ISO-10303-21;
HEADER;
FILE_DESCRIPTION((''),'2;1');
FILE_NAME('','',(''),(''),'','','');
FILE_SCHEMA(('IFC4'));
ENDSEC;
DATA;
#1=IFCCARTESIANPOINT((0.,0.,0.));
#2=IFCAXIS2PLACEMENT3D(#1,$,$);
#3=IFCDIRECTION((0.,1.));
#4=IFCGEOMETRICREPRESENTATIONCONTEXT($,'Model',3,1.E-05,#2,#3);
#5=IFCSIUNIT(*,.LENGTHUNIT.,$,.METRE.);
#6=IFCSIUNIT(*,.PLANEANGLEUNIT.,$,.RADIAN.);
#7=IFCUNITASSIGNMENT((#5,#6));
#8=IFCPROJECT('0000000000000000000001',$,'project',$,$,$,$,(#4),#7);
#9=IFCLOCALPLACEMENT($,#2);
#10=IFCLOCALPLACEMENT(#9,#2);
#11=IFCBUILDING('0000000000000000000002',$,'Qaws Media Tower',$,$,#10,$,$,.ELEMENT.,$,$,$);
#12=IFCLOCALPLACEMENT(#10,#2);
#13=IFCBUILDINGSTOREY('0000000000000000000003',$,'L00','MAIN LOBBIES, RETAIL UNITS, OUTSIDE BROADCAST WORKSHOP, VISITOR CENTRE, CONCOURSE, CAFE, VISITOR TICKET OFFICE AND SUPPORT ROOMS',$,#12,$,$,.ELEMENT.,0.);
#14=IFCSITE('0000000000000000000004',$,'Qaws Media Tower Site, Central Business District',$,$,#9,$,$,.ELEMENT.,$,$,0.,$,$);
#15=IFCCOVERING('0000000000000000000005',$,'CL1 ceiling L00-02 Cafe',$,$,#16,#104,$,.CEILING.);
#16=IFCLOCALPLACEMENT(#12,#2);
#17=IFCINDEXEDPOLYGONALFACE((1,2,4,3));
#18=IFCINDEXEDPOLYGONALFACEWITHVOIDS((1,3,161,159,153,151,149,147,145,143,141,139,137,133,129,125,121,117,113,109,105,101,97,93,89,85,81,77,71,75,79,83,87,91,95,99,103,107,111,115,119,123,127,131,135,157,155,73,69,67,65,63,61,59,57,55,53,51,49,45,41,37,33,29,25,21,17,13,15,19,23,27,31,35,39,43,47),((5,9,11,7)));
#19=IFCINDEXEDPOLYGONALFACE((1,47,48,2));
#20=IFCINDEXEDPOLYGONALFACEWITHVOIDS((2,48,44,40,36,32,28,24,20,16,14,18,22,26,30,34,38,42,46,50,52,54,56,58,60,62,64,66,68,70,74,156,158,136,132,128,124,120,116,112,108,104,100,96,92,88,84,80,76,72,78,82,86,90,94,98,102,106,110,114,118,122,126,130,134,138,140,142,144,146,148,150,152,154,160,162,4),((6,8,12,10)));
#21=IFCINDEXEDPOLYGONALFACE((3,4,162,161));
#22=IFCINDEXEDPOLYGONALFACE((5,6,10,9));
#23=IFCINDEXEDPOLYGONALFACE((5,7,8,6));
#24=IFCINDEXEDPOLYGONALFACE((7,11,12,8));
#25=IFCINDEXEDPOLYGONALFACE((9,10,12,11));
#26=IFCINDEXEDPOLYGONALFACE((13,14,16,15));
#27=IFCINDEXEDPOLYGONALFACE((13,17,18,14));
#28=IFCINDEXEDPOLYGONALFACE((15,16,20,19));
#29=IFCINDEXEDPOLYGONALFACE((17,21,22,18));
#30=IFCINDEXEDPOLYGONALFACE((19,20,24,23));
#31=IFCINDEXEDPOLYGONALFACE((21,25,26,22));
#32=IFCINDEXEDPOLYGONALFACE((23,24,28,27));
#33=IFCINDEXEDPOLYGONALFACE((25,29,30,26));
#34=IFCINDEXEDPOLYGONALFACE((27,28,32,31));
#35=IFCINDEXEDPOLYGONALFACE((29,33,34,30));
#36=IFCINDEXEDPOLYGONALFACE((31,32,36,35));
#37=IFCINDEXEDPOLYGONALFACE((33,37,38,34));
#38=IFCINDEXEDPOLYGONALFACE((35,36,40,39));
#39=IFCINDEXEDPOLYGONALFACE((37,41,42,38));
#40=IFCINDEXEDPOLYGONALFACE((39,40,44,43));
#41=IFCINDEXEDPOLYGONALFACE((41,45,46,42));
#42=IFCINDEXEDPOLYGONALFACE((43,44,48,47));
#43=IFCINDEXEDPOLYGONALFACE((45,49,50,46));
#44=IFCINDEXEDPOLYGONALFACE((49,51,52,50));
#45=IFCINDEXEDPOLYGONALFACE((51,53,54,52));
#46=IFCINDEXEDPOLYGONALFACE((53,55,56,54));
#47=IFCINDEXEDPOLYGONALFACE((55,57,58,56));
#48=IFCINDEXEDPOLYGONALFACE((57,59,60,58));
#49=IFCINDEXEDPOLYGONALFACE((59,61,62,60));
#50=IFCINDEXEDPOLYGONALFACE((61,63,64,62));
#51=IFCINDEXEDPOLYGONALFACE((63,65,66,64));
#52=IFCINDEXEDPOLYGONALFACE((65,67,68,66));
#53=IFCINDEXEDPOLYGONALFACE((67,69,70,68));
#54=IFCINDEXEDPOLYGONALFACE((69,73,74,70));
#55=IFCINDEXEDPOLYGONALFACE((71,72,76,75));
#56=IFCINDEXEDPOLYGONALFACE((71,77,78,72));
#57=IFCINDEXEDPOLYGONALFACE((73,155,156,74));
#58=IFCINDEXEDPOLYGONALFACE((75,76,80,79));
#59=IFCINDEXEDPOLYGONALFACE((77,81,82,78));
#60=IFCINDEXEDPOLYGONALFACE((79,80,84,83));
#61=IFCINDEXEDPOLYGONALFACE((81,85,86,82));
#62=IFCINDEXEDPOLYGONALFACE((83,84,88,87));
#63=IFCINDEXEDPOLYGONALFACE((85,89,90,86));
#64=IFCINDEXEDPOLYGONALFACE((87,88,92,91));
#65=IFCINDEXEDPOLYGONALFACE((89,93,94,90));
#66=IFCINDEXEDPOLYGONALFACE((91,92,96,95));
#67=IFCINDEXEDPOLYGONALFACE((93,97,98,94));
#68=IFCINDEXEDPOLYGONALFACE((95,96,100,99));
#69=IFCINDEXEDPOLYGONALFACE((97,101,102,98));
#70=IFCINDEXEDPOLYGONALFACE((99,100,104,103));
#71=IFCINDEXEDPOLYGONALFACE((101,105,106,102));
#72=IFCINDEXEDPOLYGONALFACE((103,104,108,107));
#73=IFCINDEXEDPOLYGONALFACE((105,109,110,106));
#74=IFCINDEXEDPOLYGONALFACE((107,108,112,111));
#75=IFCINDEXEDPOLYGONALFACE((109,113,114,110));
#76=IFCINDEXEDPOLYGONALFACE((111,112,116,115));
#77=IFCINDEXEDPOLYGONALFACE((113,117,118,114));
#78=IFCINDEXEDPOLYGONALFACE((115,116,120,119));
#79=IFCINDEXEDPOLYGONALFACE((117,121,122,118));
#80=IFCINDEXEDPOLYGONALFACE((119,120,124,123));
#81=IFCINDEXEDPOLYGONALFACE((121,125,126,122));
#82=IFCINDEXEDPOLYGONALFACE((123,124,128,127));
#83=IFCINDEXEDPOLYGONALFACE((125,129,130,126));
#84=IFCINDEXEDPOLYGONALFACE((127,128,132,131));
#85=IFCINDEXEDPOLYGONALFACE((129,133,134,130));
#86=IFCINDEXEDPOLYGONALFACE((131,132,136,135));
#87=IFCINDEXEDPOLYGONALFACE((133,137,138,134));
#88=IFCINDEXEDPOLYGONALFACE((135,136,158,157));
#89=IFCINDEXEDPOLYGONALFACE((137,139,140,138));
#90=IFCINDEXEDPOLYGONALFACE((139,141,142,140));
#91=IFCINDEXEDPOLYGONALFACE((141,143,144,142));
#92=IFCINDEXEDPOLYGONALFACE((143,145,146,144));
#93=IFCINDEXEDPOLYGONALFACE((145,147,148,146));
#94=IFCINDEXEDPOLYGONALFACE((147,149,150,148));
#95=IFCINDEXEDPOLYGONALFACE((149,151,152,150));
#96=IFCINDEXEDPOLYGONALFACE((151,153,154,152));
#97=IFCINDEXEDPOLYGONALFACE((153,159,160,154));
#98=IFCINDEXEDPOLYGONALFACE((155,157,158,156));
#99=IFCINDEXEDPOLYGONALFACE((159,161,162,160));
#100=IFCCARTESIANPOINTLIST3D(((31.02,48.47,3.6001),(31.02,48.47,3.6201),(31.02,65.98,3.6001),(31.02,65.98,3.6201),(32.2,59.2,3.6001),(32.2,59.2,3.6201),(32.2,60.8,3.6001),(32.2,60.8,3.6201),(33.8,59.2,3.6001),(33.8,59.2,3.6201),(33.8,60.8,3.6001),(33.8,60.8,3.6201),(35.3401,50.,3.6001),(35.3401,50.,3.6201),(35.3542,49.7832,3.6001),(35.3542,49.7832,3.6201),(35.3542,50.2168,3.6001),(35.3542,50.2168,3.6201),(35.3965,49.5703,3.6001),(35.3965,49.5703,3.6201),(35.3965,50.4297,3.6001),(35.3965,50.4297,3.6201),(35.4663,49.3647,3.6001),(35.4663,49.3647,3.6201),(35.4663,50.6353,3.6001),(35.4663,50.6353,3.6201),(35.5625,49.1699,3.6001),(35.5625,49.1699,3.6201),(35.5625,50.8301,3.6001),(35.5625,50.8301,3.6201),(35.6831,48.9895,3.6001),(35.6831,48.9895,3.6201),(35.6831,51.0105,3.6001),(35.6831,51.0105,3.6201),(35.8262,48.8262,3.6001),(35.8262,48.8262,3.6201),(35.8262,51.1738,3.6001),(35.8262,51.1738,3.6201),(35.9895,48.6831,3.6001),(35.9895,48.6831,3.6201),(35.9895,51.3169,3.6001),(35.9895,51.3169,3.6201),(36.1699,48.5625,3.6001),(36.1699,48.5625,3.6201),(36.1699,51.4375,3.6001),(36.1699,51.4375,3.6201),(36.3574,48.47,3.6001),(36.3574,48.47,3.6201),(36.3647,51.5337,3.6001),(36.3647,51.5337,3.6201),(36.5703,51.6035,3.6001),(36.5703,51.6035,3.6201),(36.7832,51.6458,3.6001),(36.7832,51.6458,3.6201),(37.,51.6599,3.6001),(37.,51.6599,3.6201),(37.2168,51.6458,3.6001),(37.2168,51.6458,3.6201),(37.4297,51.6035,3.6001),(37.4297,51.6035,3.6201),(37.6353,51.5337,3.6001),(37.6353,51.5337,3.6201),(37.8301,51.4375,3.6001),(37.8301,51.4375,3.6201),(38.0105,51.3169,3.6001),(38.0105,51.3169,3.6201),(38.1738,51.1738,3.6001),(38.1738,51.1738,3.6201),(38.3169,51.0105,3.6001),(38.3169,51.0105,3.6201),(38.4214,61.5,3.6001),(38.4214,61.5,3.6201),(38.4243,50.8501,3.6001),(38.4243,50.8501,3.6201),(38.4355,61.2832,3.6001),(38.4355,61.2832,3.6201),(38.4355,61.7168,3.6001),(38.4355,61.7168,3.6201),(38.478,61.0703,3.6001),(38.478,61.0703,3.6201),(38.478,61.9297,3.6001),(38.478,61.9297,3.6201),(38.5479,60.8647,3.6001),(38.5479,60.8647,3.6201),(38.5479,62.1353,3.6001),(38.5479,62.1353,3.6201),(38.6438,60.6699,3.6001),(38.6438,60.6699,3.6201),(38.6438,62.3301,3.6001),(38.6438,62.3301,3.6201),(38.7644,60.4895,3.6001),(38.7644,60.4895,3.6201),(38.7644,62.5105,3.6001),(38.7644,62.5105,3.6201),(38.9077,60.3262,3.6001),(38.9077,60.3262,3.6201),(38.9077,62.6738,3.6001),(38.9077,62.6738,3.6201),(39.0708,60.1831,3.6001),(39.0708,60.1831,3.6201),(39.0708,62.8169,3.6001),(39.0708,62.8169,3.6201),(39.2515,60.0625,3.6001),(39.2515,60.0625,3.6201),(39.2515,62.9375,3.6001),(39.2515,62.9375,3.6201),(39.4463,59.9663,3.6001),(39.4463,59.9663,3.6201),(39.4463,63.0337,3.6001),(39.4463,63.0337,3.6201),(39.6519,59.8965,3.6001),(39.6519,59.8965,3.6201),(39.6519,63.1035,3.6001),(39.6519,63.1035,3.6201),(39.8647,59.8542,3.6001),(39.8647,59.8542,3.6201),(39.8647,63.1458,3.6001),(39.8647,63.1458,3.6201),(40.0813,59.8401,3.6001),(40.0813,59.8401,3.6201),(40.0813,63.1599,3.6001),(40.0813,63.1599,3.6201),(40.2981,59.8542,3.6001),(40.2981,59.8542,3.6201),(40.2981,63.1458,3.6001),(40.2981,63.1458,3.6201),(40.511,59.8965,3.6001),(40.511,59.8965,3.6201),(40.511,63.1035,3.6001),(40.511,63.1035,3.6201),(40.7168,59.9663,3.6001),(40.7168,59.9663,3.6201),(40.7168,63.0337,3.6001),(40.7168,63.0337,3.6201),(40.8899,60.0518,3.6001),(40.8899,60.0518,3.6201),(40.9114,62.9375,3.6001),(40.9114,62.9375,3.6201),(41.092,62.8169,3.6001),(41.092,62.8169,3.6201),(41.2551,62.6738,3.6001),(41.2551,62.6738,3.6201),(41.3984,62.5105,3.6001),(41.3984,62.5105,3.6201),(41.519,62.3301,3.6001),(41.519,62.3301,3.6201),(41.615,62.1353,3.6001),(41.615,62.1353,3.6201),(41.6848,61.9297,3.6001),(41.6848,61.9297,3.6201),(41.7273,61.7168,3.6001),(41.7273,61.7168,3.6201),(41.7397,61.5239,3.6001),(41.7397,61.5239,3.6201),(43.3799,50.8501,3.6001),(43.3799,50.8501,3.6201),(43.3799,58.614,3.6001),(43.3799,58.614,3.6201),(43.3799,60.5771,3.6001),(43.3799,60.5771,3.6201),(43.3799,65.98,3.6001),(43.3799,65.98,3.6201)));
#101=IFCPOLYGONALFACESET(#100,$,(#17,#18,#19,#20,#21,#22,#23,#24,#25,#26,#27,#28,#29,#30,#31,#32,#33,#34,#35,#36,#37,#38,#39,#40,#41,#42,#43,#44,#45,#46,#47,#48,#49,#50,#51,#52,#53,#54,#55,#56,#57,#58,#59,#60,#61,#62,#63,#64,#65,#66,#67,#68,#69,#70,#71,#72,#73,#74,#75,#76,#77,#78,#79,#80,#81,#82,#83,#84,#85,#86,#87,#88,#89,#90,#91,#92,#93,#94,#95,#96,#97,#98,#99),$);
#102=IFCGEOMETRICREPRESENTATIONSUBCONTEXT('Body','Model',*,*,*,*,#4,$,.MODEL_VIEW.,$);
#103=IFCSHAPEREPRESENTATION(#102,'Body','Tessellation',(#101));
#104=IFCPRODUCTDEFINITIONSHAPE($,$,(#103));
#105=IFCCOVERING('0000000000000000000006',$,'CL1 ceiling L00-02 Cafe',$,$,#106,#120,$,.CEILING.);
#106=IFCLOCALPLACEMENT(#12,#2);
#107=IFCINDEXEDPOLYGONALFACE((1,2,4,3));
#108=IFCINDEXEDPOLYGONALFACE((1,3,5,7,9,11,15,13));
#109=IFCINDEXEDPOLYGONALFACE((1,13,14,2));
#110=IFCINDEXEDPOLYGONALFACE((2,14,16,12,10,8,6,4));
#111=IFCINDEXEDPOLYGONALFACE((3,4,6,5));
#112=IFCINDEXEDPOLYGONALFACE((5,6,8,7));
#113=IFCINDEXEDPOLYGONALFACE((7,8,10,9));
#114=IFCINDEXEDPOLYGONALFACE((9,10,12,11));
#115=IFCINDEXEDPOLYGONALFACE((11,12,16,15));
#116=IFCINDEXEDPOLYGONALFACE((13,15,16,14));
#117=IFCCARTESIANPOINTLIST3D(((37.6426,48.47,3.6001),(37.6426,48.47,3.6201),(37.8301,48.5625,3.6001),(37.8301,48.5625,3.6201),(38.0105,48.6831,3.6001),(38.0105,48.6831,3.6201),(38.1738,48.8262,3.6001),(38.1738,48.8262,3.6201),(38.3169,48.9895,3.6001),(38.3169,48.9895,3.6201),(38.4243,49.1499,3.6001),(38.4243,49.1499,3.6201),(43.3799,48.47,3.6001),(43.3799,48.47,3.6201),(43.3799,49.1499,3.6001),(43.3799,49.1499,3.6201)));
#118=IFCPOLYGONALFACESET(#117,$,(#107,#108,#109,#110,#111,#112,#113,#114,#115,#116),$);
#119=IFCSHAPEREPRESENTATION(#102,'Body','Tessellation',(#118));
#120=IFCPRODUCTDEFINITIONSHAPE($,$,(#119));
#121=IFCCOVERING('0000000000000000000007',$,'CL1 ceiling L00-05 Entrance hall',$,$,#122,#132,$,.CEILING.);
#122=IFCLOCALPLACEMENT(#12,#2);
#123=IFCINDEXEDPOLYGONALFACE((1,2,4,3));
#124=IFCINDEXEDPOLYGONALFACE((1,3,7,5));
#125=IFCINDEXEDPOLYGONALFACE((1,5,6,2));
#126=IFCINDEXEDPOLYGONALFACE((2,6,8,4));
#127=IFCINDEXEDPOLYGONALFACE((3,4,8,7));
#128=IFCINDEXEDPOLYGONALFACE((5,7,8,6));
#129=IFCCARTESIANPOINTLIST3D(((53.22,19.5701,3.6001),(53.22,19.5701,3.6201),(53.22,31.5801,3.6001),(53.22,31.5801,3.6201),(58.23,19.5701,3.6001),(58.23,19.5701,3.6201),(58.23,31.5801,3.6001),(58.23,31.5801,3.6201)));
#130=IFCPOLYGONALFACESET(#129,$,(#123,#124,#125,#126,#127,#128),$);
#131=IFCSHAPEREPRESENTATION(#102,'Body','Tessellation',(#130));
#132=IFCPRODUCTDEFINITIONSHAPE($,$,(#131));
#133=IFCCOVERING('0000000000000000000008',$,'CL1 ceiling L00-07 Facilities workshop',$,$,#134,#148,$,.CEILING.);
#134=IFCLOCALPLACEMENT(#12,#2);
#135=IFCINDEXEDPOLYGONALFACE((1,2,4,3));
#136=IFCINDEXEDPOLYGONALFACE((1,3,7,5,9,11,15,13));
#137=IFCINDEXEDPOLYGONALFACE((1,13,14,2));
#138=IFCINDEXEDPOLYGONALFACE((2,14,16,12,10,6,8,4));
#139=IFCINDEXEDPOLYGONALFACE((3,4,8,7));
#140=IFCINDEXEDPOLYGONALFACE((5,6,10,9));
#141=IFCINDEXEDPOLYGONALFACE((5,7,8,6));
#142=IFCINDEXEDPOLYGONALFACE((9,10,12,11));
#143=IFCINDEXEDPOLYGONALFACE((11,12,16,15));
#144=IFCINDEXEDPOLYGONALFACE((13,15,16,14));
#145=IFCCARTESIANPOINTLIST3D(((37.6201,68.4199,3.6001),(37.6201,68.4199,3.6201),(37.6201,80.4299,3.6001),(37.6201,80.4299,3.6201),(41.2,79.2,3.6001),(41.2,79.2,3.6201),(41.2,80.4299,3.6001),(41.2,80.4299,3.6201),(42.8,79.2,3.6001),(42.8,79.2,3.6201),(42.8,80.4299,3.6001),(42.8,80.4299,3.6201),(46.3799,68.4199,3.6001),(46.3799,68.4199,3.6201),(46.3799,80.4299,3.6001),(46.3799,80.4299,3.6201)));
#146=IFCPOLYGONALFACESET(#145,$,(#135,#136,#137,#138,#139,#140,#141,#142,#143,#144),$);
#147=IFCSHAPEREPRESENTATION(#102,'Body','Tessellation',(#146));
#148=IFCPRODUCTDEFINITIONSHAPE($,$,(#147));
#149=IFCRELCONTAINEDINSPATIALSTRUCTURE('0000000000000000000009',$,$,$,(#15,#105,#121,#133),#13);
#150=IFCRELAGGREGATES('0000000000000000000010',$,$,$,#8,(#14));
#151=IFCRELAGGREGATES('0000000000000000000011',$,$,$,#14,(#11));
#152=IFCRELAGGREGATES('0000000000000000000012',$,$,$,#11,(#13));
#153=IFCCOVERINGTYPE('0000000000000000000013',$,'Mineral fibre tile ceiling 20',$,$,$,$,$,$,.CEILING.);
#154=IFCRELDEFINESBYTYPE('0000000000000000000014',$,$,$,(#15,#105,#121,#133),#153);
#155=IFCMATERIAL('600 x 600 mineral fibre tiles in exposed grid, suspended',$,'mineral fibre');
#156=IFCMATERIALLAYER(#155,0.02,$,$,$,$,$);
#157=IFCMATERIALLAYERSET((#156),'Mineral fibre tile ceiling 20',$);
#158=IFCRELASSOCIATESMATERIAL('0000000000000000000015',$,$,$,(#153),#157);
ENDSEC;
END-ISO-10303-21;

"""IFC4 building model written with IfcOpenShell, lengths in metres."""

from ifc_helpers import new_model, si_unit, direction, frame, origin, place, context, subcontext, project, spatial, polyline, outline, extrude, material, layer, layer_set, type_object, element, save


model = new_model("IFC4")

# Units and contexts
model_context = context("Model", 3, precision=1e-05, world=origin(), true_north=direction((0.0, 1.0)))
body_context = subcontext(model_context, "Body", "Model", "MODEL_VIEW")
ifc_project = project(units=[si_unit("LENGTHUNIT", "METRE"), si_unit("PLANEANGLEUNIT", "RADIAN")], contexts=[model_context])

# Site, building, storey
site_placement = place(None, origin())
site = spatial("IfcSite", under=ifc_project, at=site_placement, Name="Qaws Media Tower Site, Central Business District", CompositionType="ELEMENT", RefElevation=0.0)
building_placement = place(site_placement, origin())
building = spatial("IfcBuilding", under=site, at=building_placement, Name="Qaws Media Tower", CompositionType="ELEMENT")
storey_placement = place(building_placement, origin())
storey = spatial("IfcBuildingStorey", under=building, at=storey_placement, Name="L00", Description="MAIN LOBBIES, RETAIL UNITS, OUTSIDE BROADCAST WORKSHOP, VISITOR CENTRE, CONCOURSE, CAFE, VISITOR TICKET OFFICE AND SUPPORT ROOMS", CompositionType="ELEMENT", Elevation=0.0)

# Coverings
ifc_material_1 = material(Name="600 x 600 mineral fibre tiles in exposed grid, suspended", Category="mineral fibre")
ifc_layer_1 = layer(ifc_material_1, 0.02)
ifc_layer_set_1 = layer_set([ifc_layer_1], Name="Mineral fibre tile ceiling 20")
covering_type_1 = type_object("IfcCoveringType", Name="Mineral fibre tile ceiling 20", PredefinedType="CEILING", material=ifc_layer_set_1)
covering_1_placement = place(storey_placement, frame((0.0, 0.0, 3.6001)))
element("IfcCovering", 1, at=covering_1_placement, inside=storey, type_object=covering_type_1, Name="CL1 ceiling L00-02 Cafe", PredefinedType="CEILING", context=body_context, shape_type="SweptSolid", body=[
    extrude(outline(polyline([(43.3799, 60.5771), (41.7397, 61.5239), (41.7273, 61.7168), (41.6848, 61.9297), (41.615, 62.1353), (41.519, 62.3301), (41.3984, 62.5105), (41.2551, 62.6738), (41.092, 62.8169), (40.9114, 62.9375), (40.7168, 63.0337), (40.511, 63.1035), (40.2981, 63.1458), (40.0813, 63.1599), (39.8647, 63.1458), (39.6519, 63.1035), (39.4463, 63.0337), (39.2515, 62.9375), (39.0708, 62.8169), (38.9077, 62.6738), (38.7644, 62.5105), (38.6438, 62.3301), (38.5479, 62.1353), (38.478, 61.9297), (38.4355, 61.7168), (38.4214, 61.5), (38.4355, 61.2832), (38.478, 61.0703), (38.5479, 60.8647), (38.6438, 60.6699), (38.7644, 60.4895), (38.9077, 60.3262), (39.0708, 60.1831), (39.2515, 60.0625), (39.4463, 59.9663), (39.6519, 59.8965), (39.8647, 59.8542), (40.0813, 59.8401), (40.2981, 59.8542), (40.511, 59.8965), (40.7168, 59.9663), (40.8899, 60.0518), (43.3799, 58.614), (43.3799, 50.8501), (38.4243, 50.8501), (38.3169, 51.0105), (38.1738, 51.1738), (38.0105, 51.3169), (37.8301, 51.4375), (37.6353, 51.5337), (37.4297, 51.6035), (37.2168, 51.6458), (37.0, 51.6599), (36.7832, 51.6458), (36.5703, 51.6035), (36.3647, 51.5337), (36.1699, 51.4375), (35.9895, 51.3169), (35.8262, 51.1738), (35.6831, 51.0105), (35.5625, 50.8301), (35.4663, 50.6353), (35.3965, 50.4297), (35.3542, 50.2168), (35.3401, 50.0), (35.3542, 49.7832), (35.3965, 49.5703), (35.4663, 49.3647), (35.5625, 49.1699), (35.6831, 48.9895), (35.8262, 48.8262), (35.9895, 48.6831), (36.1699, 48.5625), (36.3574, 48.47), (31.02, 48.47), (31.02, 65.98), (43.3799, 65.98), (43.3799, 60.5771)]), holes=[polyline([(32.2, 59.2), (33.8, 59.2), (33.8, 60.8), (32.2, 60.8), (32.2, 59.2)])]), origin(), (0.0, 0.0, 1.0), 0.02),
])
covering_2_placement = place(storey_placement, frame((0.0, 0.0, 3.6001)))
element("IfcCovering", 2, at=covering_2_placement, inside=storey, type_object=covering_type_1, Name="CL1 ceiling L00-02 Cafe", PredefinedType="CEILING", context=body_context, shape_type="SweptSolid", body=[
    extrude(outline(polyline([(43.3799, 48.47), (37.6426, 48.47), (37.8301, 48.5625), (38.0105, 48.6831), (38.1738, 48.8262), (38.3169, 48.9895), (38.4243, 49.1499), (43.3799, 49.1499), (43.3799, 48.47)])), origin(), (0.0, 0.0, 1.0), 0.02),
])
covering_3_placement = place(storey_placement, frame((0.0, 0.0, 3.6001)))
element("IfcCovering", 3, at=covering_3_placement, inside=storey, type_object=covering_type_1, Name="CL1 ceiling L00-05 Entrance hall", PredefinedType="CEILING", context=body_context, shape_type="SweptSolid", body=[
    extrude(outline(polyline([(58.23, 19.5701), (53.22, 19.5701), (53.22, 31.5801), (58.23, 31.5801), (58.23, 19.5701)])), origin(), (0.0, 0.0, 1.0), 0.02),
])
covering_4_placement = place(storey_placement, frame((0.0, 0.0, 3.6001)))
element("IfcCovering", 4, at=covering_4_placement, inside=storey, type_object=covering_type_1, Name="CL1 ceiling L00-07 Facilities workshop", PredefinedType="CEILING", context=body_context, shape_type="SweptSolid", body=[
    extrude(outline(polyline([(37.6201, 80.4299), (41.2, 80.4299), (41.2, 79.2), (42.8, 79.2), (42.8, 80.4299), (46.3799, 80.4299), (46.3799, 68.4199), (37.6201, 68.4199), (37.6201, 80.4299)])), origin(), (0.0, 0.0, 1.0), 0.02),
])

save(model, "model.ifc")
